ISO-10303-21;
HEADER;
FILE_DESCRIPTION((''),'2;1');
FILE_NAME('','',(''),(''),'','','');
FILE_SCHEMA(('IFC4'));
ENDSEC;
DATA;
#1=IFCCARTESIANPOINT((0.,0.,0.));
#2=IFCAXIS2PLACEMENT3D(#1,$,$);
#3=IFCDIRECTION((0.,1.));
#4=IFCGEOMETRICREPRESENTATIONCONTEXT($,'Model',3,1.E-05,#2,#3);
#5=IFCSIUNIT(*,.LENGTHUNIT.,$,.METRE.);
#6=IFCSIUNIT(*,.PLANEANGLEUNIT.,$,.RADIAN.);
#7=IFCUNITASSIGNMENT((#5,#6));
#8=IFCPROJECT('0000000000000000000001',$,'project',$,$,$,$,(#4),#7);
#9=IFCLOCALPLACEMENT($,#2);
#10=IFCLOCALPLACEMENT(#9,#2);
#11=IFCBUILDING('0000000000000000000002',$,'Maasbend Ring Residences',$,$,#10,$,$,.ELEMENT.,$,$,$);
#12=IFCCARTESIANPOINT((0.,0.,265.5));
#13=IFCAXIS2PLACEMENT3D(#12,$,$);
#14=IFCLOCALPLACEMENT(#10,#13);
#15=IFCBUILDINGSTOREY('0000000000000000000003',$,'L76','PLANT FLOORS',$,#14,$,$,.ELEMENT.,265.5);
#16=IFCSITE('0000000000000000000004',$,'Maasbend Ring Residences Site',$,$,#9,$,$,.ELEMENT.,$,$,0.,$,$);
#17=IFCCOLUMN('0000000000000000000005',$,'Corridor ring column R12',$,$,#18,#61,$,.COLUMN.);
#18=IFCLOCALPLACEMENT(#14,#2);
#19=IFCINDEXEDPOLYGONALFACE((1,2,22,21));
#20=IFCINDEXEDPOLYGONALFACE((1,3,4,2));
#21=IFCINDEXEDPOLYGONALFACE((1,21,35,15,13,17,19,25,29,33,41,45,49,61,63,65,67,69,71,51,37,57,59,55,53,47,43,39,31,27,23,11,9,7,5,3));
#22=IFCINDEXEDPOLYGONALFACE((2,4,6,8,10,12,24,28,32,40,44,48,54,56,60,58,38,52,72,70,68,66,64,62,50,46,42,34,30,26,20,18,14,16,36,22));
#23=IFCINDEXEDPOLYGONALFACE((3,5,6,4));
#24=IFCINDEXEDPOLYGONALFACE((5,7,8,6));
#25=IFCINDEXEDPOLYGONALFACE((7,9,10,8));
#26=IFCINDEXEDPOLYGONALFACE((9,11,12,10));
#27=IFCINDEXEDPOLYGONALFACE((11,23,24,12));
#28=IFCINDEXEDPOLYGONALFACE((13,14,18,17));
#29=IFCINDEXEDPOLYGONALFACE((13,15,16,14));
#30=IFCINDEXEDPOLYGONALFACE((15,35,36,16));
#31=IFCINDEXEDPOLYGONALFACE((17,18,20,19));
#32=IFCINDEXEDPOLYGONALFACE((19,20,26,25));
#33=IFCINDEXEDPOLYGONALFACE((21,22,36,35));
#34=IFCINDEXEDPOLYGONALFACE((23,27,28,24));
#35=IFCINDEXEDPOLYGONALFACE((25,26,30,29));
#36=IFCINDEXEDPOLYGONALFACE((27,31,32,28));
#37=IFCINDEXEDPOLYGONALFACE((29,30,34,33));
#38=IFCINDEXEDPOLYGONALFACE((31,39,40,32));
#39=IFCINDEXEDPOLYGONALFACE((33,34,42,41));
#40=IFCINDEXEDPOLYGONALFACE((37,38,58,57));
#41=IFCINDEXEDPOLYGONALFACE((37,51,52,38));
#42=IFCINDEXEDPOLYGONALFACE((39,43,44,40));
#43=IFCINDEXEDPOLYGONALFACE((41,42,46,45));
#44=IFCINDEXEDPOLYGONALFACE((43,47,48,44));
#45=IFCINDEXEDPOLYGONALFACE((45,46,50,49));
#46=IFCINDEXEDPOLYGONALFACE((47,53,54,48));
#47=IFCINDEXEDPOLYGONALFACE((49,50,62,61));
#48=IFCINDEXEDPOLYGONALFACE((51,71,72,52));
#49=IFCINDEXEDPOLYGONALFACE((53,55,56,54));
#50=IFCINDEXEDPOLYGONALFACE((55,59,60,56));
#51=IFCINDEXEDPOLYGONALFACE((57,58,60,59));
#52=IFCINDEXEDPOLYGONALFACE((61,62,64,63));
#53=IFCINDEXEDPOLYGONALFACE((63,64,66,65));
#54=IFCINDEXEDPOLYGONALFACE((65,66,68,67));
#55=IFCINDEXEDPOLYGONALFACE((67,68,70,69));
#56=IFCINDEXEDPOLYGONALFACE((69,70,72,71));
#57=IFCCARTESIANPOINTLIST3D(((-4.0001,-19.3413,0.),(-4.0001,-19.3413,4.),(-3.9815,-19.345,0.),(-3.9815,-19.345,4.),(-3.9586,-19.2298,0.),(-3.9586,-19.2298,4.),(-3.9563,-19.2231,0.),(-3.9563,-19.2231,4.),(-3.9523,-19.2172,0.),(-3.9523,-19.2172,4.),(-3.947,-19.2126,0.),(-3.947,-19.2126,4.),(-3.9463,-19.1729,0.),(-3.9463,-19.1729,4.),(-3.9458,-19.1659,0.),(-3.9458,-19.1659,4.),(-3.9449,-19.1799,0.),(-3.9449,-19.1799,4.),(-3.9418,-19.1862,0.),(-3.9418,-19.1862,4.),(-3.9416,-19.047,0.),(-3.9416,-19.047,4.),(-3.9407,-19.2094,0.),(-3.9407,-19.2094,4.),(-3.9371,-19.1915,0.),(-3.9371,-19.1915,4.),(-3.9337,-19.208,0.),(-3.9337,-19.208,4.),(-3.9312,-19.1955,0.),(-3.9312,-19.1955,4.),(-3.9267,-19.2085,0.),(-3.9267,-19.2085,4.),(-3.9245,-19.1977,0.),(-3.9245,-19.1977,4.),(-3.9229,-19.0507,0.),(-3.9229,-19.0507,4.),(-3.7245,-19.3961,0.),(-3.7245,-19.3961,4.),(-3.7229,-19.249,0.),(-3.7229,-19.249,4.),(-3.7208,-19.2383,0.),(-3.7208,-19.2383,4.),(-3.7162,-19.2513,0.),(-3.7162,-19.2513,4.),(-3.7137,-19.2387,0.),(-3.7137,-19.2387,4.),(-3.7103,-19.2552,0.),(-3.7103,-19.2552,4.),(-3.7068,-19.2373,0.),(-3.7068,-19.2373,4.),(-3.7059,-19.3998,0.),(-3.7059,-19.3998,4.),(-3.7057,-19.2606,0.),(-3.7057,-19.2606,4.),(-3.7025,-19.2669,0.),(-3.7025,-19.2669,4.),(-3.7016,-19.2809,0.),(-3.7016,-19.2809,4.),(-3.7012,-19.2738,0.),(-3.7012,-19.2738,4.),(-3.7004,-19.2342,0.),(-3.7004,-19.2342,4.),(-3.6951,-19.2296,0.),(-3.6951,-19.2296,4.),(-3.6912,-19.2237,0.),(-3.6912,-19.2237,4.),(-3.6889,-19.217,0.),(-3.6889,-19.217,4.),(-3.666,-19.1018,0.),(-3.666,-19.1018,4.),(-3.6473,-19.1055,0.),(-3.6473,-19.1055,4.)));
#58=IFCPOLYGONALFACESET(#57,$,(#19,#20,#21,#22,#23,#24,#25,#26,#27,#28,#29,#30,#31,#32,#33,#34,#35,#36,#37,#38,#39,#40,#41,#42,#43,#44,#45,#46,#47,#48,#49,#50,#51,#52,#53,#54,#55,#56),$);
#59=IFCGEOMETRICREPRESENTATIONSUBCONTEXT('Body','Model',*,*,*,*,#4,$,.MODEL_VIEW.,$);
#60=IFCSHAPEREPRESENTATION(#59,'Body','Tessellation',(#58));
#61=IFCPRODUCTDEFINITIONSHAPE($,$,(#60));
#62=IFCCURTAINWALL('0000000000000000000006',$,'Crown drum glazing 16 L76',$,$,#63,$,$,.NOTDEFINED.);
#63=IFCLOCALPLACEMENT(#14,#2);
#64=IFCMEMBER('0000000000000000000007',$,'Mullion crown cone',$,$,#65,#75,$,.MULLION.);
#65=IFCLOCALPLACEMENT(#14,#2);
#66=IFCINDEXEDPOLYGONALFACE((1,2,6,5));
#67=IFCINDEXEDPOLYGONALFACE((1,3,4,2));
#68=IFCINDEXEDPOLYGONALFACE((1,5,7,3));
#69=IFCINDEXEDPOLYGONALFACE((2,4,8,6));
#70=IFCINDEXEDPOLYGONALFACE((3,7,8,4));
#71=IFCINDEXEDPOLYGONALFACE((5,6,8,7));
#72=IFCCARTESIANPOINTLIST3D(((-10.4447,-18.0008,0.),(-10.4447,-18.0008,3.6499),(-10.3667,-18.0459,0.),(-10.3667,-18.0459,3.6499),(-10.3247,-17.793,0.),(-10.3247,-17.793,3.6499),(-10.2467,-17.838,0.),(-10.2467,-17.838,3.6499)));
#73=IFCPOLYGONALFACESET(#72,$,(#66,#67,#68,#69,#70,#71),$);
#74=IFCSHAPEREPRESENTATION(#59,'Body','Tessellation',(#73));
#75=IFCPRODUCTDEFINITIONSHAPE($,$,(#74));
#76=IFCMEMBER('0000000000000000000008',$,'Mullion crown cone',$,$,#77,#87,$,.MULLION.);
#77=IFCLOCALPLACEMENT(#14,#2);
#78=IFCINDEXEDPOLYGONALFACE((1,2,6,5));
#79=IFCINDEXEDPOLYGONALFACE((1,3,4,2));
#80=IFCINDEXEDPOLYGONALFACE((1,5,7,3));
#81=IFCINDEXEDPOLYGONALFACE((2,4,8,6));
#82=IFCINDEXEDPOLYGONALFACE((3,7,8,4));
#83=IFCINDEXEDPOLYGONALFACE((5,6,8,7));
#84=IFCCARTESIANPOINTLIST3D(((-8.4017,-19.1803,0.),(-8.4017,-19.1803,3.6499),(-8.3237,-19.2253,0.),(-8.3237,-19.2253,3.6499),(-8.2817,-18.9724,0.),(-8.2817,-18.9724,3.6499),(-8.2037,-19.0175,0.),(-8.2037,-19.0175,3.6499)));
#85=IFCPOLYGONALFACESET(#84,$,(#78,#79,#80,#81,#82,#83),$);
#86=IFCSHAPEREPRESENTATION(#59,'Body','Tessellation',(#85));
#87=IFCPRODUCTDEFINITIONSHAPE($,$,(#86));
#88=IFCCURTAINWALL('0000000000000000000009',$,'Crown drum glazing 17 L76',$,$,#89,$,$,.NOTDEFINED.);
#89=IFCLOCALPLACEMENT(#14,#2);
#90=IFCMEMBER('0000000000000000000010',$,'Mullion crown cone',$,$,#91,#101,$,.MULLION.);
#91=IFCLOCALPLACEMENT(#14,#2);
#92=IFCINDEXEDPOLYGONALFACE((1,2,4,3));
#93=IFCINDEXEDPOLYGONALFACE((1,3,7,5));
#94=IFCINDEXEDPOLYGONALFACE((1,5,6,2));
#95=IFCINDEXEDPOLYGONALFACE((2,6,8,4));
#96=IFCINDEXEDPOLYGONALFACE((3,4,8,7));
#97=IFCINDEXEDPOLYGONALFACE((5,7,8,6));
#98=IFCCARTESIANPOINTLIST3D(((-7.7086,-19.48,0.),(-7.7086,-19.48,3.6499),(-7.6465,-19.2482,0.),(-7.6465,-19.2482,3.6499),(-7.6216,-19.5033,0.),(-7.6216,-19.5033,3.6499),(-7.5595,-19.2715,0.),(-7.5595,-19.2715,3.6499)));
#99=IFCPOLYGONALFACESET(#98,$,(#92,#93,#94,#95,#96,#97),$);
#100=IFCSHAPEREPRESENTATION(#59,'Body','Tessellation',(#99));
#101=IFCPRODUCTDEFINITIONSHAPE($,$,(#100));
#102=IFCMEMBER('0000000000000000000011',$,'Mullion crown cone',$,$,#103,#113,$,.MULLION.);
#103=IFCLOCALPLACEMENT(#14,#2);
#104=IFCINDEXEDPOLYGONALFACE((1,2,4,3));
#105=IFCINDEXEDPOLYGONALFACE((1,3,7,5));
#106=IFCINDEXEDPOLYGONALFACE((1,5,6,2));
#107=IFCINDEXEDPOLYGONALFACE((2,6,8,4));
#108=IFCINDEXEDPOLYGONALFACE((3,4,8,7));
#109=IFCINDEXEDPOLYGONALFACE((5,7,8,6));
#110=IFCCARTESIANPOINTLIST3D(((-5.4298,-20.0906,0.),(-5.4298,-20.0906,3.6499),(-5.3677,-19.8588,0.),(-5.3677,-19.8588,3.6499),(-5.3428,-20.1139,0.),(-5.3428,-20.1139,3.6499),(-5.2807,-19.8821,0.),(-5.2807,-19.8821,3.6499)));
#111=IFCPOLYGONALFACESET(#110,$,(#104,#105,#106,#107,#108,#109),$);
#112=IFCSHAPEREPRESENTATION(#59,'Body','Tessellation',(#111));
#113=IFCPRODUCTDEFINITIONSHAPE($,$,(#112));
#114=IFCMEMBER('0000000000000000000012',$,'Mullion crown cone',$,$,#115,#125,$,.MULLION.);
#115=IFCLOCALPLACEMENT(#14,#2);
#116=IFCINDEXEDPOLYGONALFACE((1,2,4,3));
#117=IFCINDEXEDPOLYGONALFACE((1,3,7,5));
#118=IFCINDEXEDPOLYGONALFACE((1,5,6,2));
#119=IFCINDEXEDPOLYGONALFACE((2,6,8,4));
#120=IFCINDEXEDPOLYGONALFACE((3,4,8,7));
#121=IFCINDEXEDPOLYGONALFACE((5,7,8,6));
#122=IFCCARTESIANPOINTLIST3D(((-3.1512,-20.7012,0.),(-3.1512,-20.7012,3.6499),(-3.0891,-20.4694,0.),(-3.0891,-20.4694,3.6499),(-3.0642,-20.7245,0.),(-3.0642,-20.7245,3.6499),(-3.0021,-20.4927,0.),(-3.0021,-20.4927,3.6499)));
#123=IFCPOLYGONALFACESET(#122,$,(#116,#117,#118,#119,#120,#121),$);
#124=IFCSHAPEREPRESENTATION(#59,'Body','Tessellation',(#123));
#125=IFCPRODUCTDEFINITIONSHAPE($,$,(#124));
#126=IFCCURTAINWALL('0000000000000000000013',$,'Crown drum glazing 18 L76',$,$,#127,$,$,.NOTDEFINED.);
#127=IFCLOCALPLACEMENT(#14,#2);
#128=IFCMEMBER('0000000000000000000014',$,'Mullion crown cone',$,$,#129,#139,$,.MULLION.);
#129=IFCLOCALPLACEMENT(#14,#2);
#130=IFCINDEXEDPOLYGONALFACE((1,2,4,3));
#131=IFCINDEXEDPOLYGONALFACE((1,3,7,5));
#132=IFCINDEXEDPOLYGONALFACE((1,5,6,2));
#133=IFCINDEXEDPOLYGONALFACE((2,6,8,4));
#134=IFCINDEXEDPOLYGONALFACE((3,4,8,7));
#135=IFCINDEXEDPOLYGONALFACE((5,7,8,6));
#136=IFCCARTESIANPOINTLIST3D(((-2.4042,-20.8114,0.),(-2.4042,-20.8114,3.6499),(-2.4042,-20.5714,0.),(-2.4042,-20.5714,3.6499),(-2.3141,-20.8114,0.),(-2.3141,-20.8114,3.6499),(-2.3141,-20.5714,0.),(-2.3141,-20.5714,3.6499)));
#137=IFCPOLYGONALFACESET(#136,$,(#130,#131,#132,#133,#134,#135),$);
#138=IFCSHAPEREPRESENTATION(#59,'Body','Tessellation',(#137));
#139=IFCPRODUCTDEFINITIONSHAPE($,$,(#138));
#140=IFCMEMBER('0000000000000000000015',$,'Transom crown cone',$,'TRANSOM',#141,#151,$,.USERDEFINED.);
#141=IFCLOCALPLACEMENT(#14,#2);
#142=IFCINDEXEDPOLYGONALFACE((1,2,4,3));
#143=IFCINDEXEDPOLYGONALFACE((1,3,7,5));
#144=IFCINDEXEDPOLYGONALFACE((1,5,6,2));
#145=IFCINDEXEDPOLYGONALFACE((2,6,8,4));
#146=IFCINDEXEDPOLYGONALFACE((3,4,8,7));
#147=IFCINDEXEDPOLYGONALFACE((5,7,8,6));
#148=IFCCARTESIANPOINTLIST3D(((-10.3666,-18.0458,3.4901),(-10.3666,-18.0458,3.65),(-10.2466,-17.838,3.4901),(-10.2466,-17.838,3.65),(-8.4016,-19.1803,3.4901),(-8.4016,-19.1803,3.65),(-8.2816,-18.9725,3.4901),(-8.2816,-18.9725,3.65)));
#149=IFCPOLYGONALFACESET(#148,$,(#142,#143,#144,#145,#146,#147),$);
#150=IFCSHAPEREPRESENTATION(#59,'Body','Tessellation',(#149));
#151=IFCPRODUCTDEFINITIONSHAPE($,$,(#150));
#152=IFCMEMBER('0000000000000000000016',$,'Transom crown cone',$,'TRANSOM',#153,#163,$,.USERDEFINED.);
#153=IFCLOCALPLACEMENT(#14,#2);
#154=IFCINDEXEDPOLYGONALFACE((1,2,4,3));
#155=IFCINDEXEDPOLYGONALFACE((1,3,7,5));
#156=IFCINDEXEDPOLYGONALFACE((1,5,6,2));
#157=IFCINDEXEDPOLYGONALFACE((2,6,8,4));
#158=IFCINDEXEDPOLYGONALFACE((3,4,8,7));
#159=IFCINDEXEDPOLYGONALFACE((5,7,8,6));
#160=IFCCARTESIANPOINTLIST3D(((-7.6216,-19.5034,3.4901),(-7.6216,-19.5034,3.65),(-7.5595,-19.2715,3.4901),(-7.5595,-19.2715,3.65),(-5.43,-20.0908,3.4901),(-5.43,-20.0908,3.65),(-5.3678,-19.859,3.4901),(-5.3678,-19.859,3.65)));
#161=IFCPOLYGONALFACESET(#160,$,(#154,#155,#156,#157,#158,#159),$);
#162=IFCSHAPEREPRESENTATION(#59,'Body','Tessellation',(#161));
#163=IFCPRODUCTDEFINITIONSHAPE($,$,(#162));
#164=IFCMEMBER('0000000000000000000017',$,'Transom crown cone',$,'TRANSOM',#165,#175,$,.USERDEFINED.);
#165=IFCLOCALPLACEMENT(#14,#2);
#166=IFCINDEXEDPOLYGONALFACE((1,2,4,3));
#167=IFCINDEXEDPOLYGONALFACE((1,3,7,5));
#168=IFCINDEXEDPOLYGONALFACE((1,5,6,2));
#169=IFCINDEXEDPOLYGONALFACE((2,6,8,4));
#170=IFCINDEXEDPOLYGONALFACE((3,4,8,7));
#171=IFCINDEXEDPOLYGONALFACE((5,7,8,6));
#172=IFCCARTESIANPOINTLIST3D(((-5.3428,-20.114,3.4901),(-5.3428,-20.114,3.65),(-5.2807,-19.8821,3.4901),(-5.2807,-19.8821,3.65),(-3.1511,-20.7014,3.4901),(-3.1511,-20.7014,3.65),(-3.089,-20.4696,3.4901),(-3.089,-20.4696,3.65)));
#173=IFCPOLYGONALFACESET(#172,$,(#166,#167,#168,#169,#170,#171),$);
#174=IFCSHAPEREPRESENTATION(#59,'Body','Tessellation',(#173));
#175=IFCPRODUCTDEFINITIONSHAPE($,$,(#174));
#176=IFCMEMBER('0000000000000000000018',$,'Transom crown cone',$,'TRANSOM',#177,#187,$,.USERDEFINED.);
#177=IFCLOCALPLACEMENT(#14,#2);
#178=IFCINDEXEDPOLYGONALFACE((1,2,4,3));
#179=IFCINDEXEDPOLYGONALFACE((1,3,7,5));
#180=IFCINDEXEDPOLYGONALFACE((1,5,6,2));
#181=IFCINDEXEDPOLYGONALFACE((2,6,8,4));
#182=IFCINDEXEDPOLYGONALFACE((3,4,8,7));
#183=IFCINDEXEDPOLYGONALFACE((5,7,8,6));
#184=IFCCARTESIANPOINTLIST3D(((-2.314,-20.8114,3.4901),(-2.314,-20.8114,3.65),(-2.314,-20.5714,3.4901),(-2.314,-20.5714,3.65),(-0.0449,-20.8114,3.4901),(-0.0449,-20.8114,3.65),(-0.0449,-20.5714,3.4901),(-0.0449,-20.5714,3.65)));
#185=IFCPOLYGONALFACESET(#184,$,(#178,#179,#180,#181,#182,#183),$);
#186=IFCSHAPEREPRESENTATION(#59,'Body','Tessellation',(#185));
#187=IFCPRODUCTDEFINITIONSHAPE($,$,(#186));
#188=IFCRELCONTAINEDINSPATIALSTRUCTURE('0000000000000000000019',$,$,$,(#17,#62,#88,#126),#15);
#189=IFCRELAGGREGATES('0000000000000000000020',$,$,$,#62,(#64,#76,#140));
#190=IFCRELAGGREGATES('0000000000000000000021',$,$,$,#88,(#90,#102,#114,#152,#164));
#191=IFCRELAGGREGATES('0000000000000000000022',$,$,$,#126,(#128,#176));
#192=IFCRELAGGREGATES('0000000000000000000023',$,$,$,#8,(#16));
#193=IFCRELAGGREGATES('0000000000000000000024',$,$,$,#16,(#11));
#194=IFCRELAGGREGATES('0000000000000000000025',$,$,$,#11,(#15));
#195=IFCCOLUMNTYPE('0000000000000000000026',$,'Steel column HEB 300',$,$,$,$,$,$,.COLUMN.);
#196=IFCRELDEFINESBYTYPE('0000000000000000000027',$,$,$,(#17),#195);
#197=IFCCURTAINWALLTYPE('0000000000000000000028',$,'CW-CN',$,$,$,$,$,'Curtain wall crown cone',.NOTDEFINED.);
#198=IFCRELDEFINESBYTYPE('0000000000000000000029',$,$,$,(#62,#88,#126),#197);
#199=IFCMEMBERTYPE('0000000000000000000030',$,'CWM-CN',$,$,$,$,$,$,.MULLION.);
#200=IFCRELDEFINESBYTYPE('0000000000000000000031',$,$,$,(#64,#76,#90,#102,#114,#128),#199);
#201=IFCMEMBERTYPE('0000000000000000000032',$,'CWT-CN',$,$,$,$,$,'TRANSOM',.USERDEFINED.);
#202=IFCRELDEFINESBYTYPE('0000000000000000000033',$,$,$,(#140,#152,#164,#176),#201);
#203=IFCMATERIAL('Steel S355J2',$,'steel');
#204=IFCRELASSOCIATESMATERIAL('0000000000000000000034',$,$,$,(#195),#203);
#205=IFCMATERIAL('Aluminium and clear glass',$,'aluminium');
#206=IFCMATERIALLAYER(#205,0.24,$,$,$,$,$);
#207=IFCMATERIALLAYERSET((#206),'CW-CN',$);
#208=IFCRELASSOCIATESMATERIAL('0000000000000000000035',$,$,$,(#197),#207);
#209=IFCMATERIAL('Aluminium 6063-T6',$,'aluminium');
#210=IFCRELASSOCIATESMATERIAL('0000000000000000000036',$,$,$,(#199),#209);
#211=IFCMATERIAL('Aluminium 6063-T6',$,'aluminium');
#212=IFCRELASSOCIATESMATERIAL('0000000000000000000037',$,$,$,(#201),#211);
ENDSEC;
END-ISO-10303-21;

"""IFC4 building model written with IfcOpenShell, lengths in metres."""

from ifc_helpers import new_model, si_unit, direction, frame, origin, origin_2d, place, context, subcontext, project, spatial, rectangle, i_section, extrude, material, layer, layer_set, material_profile, profile_set, type_object, element, aggregate, save


model = new_model("IFC4")

# Units and contexts
model_context = context("Model", 3, precision=1e-05, world=origin(), true_north=direction((0.0, 1.0)))
body_context = subcontext(model_context, "Body", "Model", "MODEL_VIEW")
ifc_project = project(units=[si_unit("LENGTHUNIT", "METRE"), si_unit("PLANEANGLEUNIT", "RADIAN")], contexts=[model_context])

# Site, building, storey
site_placement = place(None, origin())
site = spatial("IfcSite", under=ifc_project, at=site_placement, Name="Maasbend Ring Residences Site", CompositionType="ELEMENT", RefElevation=0.0)
building_placement = place(site_placement, origin())
building = spatial("IfcBuilding", under=site, at=building_placement, Name="Maasbend Ring Residences", CompositionType="ELEMENT")
storey_placement = place(building_placement, frame((0.0, 0.0, 265.5)))
storey = spatial("IfcBuildingStorey", under=building, at=storey_placement, Name="L76", Description="PLANT FLOORS", CompositionType="ELEMENT", Elevation=265.5)

# Column
ifc_material_1 = material(Name="Steel S355J2", Category="steel")
ifc_material_profile_1 = material_profile(ifc_material_1, i_section(OverallWidth=0.3, OverallDepth=0.3, WebThickness=0.011, FlangeThickness=0.019, FilletRadius=0.0271, at=origin_2d()), Name="HEB 300")
ifc_profile_set_1 = profile_set([ifc_material_profile_1], Name="Steel S355J2")
column_type = type_object("IfcColumnType", Name="Steel column HEB 300", PredefinedType="COLUMN", material=ifc_profile_set_1)
column_placement = place(storey_placement, frame((-3.8237, -19.2234, 0.0), z_axis=(0.0, 0.0, 1.0), x_axis=(-0.19509, -0.980785, 0.0)))
element("IfcColumn", 1, at=column_placement, inside=storey, type_object=column_type, Name="Corridor ring column R12", PredefinedType="COLUMN", context=body_context, shape_type="SweptSolid", body=[
    extrude(i_section(OverallWidth=0.3, OverallDepth=0.3, WebThickness=0.011, FlangeThickness=0.019, FilletRadius=0.0271, at=origin_2d()), origin(), (0.0, 0.0, 1.0), 4.0),
])

# Curtain walls, members
ifc_material_2 = material(Name="Aluminium and clear glass", Category="aluminium")
ifc_layer_1 = layer(ifc_material_2, 0.24)
ifc_layer_set_1 = layer_set([ifc_layer_1], Name="CW-CN")
curtain_wall_type = type_object("IfcCurtainWallType", Name="CW-CN", ElementType="Curtain wall crown cone", PredefinedType="NOTDEFINED", material=ifc_layer_set_1)
curtain_wall_1_placement = place(storey_placement, origin())
curtain_wall_1 = element("IfcCurtainWall", 2, at=curtain_wall_1_placement, inside=storey, type_object=curtain_wall_type, Name="Crown drum glazing 16 L76", PredefinedType="NOTDEFINED")
ifc_material_3 = material(Name="Aluminium 6063-T6", Category="aluminium")
ifc_material_profile_2 = material_profile(ifc_material_3, rectangle(XDim=0.24, YDim=0.0901, at=origin_2d()), Name="AL 240x90")
ifc_profile_set_2 = profile_set([ifc_material_profile_2], Name="Aluminium 6063-T6")
member_type_1 = type_object("IfcMemberType", Name="CWM-CN", PredefinedType="MULLION", material=ifc_profile_set_2)
member_1_placement = place(storey_placement, frame((-10.3457, -17.9194, 0.0), z_axis=(0.0, 0.0, 1.0), x_axis=(0.5, 0.866025, 0.0)))
member_1 = element("IfcMember", 3, at=member_1_placement, type_object=member_type_1, Name="Mullion crown cone", PredefinedType="MULLION", context=body_context, shape_type="SweptSolid", body=[
    extrude(rectangle(XDim=0.24, YDim=0.0901, at=origin_2d()), origin(), (0.0, 0.0, 1.0), 3.6499),
])
member_2_placement = place(storey_placement, frame((-8.3027, -19.0989, 0.0), z_axis=(0.0, 0.0, 1.0), x_axis=(0.5, 0.866025, 0.0)))
member_2 = element("IfcMember", 4, at=member_2_placement, type_object=member_type_1, Name="Mullion crown cone", PredefinedType="MULLION", context=body_context, shape_type="SweptSolid", body=[
    extrude(rectangle(XDim=0.24, YDim=0.0901, at=origin_2d()), origin(), (0.0, 0.0, 1.0), 3.6499),
])
curtain_wall_2_placement = place(storey_placement, origin())
curtain_wall_2 = element("IfcCurtainWall", 5, at=curtain_wall_2_placement, inside=storey, type_object=curtain_wall_type, Name="Crown drum glazing 17 L76", PredefinedType="NOTDEFINED")
member_3_placement = place(storey_placement, frame((-7.634, -19.3757, 0.0), z_axis=(0.0, 0.0, 1.0), x_axis=(0.258819, 0.965926, 0.0)))
member_3 = element("IfcMember", 6, at=member_3_placement, type_object=member_type_1, Name="Mullion crown cone", PredefinedType="MULLION", context=body_context, shape_type="SweptSolid", body=[
    extrude(rectangle(XDim=0.24, YDim=0.0901, at=origin_2d()), origin(), (0.0, 0.0, 1.0), 3.6499),
])
member_4_placement = place(storey_placement, frame((-5.3552, -19.9863, 0.0), z_axis=(0.0, 0.0, 1.0), x_axis=(0.258819, 0.965926, 0.0)))
member_4 = element("IfcMember", 7, at=member_4_placement, type_object=member_type_1, Name="Mullion crown cone", PredefinedType="MULLION", context=body_context, shape_type="SweptSolid", body=[
    extrude(rectangle(XDim=0.24, YDim=0.0901, at=origin_2d()), origin(), (0.0, 0.0, 1.0), 3.6499),
])
member_5_placement = place(storey_placement, frame((-3.0767, -20.5969, 0.0), z_axis=(0.0, 0.0, 1.0), x_axis=(0.258819, 0.965926, 0.0)))
member_5 = element("IfcMember", 8, at=member_5_placement, type_object=member_type_1, Name="Mullion crown cone", PredefinedType="MULLION", context=body_context, shape_type="SweptSolid", body=[
    extrude(rectangle(XDim=0.24, YDim=0.0901, at=origin_2d()), origin(), (0.0, 0.0, 1.0), 3.6499),
])

# Curtain wall, member
curtain_wall_3_placement = place(storey_placement, origin())
curtain_wall_3 = element("IfcCurtainWall", 9, at=curtain_wall_3_placement, inside=storey, type_object=curtain_wall_type, Name="Crown drum glazing 18 L76", PredefinedType="NOTDEFINED")
member_6_placement = place(storey_placement, frame((-2.3591, -20.6914, 0.0), z_axis=(0.0, 0.0, 1.0), x_axis=(0.0, 1.0, 0.0)))
member_6 = element("IfcMember", 10, at=member_6_placement, type_object=member_type_1, Name="Mullion crown cone", PredefinedType="MULLION", context=body_context, shape_type="SweptSolid", body=[
    extrude(rectangle(XDim=0.24, YDim=0.0901, at=origin_2d()), origin(), (0.0, 0.0, 1.0), 3.6499),
])

# Members
ifc_material_4 = material(Name="Aluminium 6063-T6", Category="aluminium")
ifc_material_profile_3 = material_profile(ifc_material_4, rectangle(XDim=0.24, YDim=0.1599, at=origin_2d()), Name="AL 240x160")
ifc_profile_set_3 = profile_set([ifc_material_profile_3], Name="Aluminium 6063-T6")
member_type_2 = type_object("IfcMemberType", Name="CWT-CN", ElementType="TRANSOM", PredefinedType="USERDEFINED", material=ifc_profile_set_3)
member_7_placement = place(storey_placement, frame((-10.3066, -17.9419, 3.5701), z_axis=(0.86603, -0.499993, 0.0), x_axis=(0.499993, 0.86603, 0.0)))
member_7 = element("IfcMember", 11, at=member_7_placement, type_object=member_type_2, Name="Transom crown cone", ObjectType="TRANSOM", PredefinedType="USERDEFINED", context=body_context, shape_type="SweptSolid", body=[
    extrude(rectangle(XDim=0.24, YDim=0.1599, at=origin_2d()), origin(), (0.0, 0.0, 1.0), 2.269),
])
member_8_placement = place(storey_placement, frame((-7.5906, -19.3875, 3.5701), z_axis=(0.965909, -0.258881, 0.0), x_axis=(0.258881, 0.965909, 0.0)))
member_8 = element("IfcMember", 12, at=member_8_placement, type_object=member_type_2, Name="Transom crown cone", ObjectType="TRANSOM", PredefinedType="USERDEFINED", context=body_context, shape_type="SweptSolid", body=[
    extrude(rectangle(XDim=0.24, YDim=0.1599, at=origin_2d()), origin(), (0.0, 0.0, 1.0), 2.269),
])
member_9_placement = place(storey_placement, frame((-5.3118, -19.998, 3.5701), z_axis=(0.965909, -0.258881, 0.0), x_axis=(0.258881, 0.965909, 0.0)))
member_9 = element("IfcMember", 13, at=member_9_placement, type_object=member_type_2, Name="Transom crown cone", ObjectType="TRANSOM", PredefinedType="USERDEFINED", context=body_context, shape_type="SweptSolid", body=[
    extrude(rectangle(XDim=0.24, YDim=0.1599, at=origin_2d()), origin(), (0.0, 0.0, 1.0), 2.269),
])
member_10_placement = place(storey_placement, frame((-2.314, -20.6914, 3.5701), z_axis=(1.0, 0.0, 0.0), x_axis=(0.0, 1.0, 0.0)))
member_10 = element("IfcMember", 14, at=member_10_placement, type_object=member_type_2, Name="Transom crown cone", ObjectType="TRANSOM", PredefinedType="USERDEFINED", context=body_context, shape_type="SweptSolid", body=[
    extrude(rectangle(XDim=0.24, YDim=0.1599, at=origin_2d()), origin(), (0.0, 0.0, 1.0), 2.269),
])

aggregate(curtain_wall_1, [member_1, member_2, member_7])
aggregate(curtain_wall_2, [member_3, member_4, member_5, member_8, member_9])
aggregate(curtain_wall_3, [member_6, member_10])

save(model, "model.ifc")
